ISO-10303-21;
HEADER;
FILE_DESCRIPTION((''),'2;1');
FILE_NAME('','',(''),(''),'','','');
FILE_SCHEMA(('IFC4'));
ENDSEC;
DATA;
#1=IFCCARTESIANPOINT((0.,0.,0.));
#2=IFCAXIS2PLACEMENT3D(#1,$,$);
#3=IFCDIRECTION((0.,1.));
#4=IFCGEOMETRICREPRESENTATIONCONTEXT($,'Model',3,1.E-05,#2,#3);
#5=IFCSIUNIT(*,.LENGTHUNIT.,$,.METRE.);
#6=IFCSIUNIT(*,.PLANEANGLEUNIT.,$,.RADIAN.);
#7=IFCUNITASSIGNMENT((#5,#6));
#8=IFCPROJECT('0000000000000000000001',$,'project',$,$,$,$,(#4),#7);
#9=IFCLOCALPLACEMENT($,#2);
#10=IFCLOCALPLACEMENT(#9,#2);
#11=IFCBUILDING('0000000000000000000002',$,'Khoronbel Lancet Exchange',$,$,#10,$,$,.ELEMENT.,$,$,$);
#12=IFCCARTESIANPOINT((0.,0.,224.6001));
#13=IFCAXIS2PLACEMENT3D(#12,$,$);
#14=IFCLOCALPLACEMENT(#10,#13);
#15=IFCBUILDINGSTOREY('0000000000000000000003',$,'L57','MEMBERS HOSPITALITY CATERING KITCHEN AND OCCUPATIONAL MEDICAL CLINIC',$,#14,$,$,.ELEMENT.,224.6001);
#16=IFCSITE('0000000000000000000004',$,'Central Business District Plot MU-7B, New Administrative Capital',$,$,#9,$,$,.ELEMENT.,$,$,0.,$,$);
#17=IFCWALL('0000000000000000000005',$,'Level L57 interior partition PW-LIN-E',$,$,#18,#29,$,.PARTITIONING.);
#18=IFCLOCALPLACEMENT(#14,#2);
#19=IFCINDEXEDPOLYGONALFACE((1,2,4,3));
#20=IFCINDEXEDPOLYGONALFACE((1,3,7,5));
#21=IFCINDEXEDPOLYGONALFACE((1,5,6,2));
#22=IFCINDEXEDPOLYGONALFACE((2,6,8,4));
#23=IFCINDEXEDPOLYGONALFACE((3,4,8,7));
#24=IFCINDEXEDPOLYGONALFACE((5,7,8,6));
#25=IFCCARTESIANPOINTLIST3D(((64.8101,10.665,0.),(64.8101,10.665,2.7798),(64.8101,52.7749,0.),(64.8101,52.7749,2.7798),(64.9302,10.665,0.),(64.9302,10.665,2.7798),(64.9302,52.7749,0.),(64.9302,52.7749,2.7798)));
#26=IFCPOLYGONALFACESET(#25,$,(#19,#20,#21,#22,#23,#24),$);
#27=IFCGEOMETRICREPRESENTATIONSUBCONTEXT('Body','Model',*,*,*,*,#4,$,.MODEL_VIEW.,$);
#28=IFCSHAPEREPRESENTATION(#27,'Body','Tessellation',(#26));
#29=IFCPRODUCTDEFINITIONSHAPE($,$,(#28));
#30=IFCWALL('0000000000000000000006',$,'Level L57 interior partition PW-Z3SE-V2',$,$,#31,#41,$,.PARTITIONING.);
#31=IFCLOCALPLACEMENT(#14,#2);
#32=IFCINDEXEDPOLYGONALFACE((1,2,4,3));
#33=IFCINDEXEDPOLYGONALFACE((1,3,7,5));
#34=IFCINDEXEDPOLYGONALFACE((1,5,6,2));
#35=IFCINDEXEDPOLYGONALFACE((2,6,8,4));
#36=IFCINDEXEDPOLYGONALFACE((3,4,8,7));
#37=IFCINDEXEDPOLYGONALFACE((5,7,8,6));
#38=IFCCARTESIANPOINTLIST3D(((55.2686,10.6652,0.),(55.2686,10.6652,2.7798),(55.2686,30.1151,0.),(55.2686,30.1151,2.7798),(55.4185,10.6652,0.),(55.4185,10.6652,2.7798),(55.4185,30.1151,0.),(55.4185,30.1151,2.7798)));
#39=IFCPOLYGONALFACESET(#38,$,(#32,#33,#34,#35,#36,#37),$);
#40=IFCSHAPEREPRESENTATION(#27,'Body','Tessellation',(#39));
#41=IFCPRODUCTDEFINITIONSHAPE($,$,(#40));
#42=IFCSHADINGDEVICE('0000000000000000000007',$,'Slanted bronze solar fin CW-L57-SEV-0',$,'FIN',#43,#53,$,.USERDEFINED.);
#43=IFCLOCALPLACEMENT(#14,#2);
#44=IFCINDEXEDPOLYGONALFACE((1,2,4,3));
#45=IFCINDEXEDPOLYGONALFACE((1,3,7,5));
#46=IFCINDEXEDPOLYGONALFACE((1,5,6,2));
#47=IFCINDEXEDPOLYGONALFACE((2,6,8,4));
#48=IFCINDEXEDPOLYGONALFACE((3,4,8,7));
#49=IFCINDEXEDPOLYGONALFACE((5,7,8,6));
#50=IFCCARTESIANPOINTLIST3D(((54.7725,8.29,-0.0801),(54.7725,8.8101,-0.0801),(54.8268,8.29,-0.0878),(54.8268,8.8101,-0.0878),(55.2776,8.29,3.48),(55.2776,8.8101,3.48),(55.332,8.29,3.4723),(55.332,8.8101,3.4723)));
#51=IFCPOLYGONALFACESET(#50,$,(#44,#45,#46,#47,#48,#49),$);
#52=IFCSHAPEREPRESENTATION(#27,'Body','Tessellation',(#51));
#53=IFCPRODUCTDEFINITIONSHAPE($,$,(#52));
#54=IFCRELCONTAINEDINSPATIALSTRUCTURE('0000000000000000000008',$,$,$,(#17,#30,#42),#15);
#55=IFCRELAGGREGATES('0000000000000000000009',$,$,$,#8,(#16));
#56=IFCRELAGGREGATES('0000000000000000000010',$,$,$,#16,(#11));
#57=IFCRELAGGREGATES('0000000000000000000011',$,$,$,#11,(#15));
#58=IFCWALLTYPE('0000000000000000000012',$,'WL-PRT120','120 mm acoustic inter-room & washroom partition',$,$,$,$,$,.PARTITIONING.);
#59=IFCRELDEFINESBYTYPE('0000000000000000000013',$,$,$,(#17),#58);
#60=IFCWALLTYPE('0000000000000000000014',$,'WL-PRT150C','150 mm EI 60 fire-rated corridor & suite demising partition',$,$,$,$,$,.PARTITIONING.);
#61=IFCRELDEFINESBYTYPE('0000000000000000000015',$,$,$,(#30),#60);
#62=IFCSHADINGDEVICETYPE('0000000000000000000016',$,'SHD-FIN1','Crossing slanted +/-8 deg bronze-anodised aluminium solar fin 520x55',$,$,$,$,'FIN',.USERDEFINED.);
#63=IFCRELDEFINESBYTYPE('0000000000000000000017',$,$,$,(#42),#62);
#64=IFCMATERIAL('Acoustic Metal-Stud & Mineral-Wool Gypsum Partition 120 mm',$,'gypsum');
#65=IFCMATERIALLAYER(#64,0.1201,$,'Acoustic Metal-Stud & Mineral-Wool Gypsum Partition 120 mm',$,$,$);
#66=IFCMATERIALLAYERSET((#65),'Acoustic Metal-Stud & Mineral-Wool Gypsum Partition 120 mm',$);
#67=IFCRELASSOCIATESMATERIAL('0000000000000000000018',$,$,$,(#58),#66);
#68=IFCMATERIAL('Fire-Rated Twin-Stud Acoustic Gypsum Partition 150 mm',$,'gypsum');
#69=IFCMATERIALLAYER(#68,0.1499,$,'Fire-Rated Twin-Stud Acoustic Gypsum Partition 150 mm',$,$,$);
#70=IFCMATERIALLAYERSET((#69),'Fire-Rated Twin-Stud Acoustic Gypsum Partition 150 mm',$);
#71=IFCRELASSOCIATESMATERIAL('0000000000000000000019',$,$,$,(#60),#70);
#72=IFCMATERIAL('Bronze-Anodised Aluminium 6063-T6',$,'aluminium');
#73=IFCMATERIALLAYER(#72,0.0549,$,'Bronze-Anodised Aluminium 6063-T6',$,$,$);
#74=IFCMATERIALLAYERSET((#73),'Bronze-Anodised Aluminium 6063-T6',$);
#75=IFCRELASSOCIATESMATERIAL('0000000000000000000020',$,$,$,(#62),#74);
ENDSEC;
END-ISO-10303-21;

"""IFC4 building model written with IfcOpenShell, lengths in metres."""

from ifc_helpers import new_model, si_unit, direction, frame, frame_2d, origin, place, context, subcontext, project, spatial, polyline, rectangle, outline, extrude, material, layer, layer_set, type_object, element, save


model = new_model("IFC4")

# Units and contexts
model_context = context("Model", 3, precision=1e-05, world=origin(), true_north=direction((0.0, 1.0)))
body_context = subcontext(model_context, "Body", "Model", "MODEL_VIEW")
ifc_project = project(units=[si_unit("LENGTHUNIT", "METRE"), si_unit("PLANEANGLEUNIT", "RADIAN")], contexts=[model_context])

# Site, building, storey
site_placement = place(None, origin())
site = spatial("IfcSite", under=ifc_project, at=site_placement, Name="Central Business District Plot MU-7B, New Administrative Capital", CompositionType="ELEMENT", RefElevation=0.0)
building_placement = place(site_placement, origin())
building = spatial("IfcBuilding", under=site, at=building_placement, Name="Khoronbel Lancet Exchange", CompositionType="ELEMENT")
storey_placement = place(building_placement, frame((0.0, 0.0, 224.6001)))
storey = spatial("IfcBuildingStorey", under=building, at=storey_placement, Name="L57", Description="MEMBERS HOSPITALITY CATERING KITCHEN AND OCCUPATIONAL MEDICAL CLINIC", CompositionType="ELEMENT", Elevation=224.6001)

# Shared definitions
ifc_material_1 = material(Name="Bronze-Anodised Aluminium 6063-T6", Category="aluminium")

# Walls
ifc_material_2 = material(Name="Acoustic Metal-Stud & Mineral-Wool Gypsum Partition 120 mm", Category="gypsum")
ifc_layer_1 = layer(ifc_material_2, 0.1201, Name="Acoustic Metal-Stud & Mineral-Wool Gypsum Partition 120 mm")
ifc_layer_set_1 = layer_set([ifc_layer_1], Name="Acoustic Metal-Stud & Mineral-Wool Gypsum Partition 120 mm")
wall_type_1 = type_object("IfcWallType", Name="WL-PRT120", Description="120 mm acoustic inter-room & washroom partition", PredefinedType="PARTITIONING", material=ifc_layer_set_1)
wall_1_placement = place(storey_placement, frame((64.8701, 10.665, 0.0), z_axis=(0.0, 0.0, 1.0), x_axis=(0.0, 1.0, 0.0)))
element("IfcWall", 1, at=wall_1_placement, inside=storey, type_object=wall_type_1, Name="Level L57 interior partition PW-LIN-E", PredefinedType="PARTITIONING", context=body_context, shape_type="SweptSolid", body=[
    extrude(rectangle(XDim=42.1099, YDim=0.1201, at=frame_2d((21.0549, 0.0))), origin(), (0.0, 0.0, 1.0), 2.7798),
])
ifc_material_3 = material(Name="Fire-Rated Twin-Stud Acoustic Gypsum Partition 150 mm", Category="gypsum")
ifc_layer_2 = layer(ifc_material_3, 0.1499, Name="Fire-Rated Twin-Stud Acoustic Gypsum Partition 150 mm")
ifc_layer_set_2 = layer_set([ifc_layer_2], Name="Fire-Rated Twin-Stud Acoustic Gypsum Partition 150 mm")
wall_type_2 = type_object("IfcWallType", Name="WL-PRT150C", Description="150 mm EI 60 fire-rated corridor & suite demising partition", PredefinedType="PARTITIONING", material=ifc_layer_set_2)
wall_2_placement = place(storey_placement, frame((55.3435, 10.665, 0.0), z_axis=(0.0, 0.0, 1.0), x_axis=(0.0, 1.0, 0.0)))
element("IfcWall", 2, at=wall_2_placement, inside=storey, type_object=wall_type_2, Name="Level L57 interior partition PW-Z3SE-V2", PredefinedType="PARTITIONING", context=body_context, shape_type="SweptSolid", body=[
    extrude(rectangle(XDim=19.45, YDim=0.1499, at=frame_2d((9.7251, 0.0))), origin(), (0.0, 0.0, 1.0), 2.7798),
])

# Shading device
ifc_layer_3 = layer(ifc_material_1, 0.0549, Name="Bronze-Anodised Aluminium 6063-T6")
ifc_layer_set_3 = layer_set([ifc_layer_3], Name="Bronze-Anodised Aluminium 6063-T6")
shading_device_type = type_object("IfcShadingDeviceType", Name="SHD-FIN1", Description="Crossing slanted +/-8 deg bronze-anodised aluminium solar fin 520x55", ElementType="FIN", PredefinedType="USERDEFINED", material=ifc_layer_set_3)
shading_device_placement = place(storey_placement, frame((54.7725, 8.8101, -0.0801), z_axis=(-0.990083, 0.0, 0.14048), x_axis=(0.0, -1.0, 0.0)))
element("IfcShadingDevice", 3, at=shading_device_placement, inside=storey, type_object=shading_device_type, Name="Slanted bronze solar fin CW-L57-SEV-0", ObjectType="FIN", PredefinedType="USERDEFINED", context=body_context, shape_type="SweptSolid", body=[
    extrude(outline(polyline([(0.0, 0.0), (0.52, 0.0), (0.52, 3.5957), (0.0, 3.5957), (0.0, 0.0)])), origin(), (0.0, 0.0, -1.0), 0.0549),
])

save(model, "model.ifc")
